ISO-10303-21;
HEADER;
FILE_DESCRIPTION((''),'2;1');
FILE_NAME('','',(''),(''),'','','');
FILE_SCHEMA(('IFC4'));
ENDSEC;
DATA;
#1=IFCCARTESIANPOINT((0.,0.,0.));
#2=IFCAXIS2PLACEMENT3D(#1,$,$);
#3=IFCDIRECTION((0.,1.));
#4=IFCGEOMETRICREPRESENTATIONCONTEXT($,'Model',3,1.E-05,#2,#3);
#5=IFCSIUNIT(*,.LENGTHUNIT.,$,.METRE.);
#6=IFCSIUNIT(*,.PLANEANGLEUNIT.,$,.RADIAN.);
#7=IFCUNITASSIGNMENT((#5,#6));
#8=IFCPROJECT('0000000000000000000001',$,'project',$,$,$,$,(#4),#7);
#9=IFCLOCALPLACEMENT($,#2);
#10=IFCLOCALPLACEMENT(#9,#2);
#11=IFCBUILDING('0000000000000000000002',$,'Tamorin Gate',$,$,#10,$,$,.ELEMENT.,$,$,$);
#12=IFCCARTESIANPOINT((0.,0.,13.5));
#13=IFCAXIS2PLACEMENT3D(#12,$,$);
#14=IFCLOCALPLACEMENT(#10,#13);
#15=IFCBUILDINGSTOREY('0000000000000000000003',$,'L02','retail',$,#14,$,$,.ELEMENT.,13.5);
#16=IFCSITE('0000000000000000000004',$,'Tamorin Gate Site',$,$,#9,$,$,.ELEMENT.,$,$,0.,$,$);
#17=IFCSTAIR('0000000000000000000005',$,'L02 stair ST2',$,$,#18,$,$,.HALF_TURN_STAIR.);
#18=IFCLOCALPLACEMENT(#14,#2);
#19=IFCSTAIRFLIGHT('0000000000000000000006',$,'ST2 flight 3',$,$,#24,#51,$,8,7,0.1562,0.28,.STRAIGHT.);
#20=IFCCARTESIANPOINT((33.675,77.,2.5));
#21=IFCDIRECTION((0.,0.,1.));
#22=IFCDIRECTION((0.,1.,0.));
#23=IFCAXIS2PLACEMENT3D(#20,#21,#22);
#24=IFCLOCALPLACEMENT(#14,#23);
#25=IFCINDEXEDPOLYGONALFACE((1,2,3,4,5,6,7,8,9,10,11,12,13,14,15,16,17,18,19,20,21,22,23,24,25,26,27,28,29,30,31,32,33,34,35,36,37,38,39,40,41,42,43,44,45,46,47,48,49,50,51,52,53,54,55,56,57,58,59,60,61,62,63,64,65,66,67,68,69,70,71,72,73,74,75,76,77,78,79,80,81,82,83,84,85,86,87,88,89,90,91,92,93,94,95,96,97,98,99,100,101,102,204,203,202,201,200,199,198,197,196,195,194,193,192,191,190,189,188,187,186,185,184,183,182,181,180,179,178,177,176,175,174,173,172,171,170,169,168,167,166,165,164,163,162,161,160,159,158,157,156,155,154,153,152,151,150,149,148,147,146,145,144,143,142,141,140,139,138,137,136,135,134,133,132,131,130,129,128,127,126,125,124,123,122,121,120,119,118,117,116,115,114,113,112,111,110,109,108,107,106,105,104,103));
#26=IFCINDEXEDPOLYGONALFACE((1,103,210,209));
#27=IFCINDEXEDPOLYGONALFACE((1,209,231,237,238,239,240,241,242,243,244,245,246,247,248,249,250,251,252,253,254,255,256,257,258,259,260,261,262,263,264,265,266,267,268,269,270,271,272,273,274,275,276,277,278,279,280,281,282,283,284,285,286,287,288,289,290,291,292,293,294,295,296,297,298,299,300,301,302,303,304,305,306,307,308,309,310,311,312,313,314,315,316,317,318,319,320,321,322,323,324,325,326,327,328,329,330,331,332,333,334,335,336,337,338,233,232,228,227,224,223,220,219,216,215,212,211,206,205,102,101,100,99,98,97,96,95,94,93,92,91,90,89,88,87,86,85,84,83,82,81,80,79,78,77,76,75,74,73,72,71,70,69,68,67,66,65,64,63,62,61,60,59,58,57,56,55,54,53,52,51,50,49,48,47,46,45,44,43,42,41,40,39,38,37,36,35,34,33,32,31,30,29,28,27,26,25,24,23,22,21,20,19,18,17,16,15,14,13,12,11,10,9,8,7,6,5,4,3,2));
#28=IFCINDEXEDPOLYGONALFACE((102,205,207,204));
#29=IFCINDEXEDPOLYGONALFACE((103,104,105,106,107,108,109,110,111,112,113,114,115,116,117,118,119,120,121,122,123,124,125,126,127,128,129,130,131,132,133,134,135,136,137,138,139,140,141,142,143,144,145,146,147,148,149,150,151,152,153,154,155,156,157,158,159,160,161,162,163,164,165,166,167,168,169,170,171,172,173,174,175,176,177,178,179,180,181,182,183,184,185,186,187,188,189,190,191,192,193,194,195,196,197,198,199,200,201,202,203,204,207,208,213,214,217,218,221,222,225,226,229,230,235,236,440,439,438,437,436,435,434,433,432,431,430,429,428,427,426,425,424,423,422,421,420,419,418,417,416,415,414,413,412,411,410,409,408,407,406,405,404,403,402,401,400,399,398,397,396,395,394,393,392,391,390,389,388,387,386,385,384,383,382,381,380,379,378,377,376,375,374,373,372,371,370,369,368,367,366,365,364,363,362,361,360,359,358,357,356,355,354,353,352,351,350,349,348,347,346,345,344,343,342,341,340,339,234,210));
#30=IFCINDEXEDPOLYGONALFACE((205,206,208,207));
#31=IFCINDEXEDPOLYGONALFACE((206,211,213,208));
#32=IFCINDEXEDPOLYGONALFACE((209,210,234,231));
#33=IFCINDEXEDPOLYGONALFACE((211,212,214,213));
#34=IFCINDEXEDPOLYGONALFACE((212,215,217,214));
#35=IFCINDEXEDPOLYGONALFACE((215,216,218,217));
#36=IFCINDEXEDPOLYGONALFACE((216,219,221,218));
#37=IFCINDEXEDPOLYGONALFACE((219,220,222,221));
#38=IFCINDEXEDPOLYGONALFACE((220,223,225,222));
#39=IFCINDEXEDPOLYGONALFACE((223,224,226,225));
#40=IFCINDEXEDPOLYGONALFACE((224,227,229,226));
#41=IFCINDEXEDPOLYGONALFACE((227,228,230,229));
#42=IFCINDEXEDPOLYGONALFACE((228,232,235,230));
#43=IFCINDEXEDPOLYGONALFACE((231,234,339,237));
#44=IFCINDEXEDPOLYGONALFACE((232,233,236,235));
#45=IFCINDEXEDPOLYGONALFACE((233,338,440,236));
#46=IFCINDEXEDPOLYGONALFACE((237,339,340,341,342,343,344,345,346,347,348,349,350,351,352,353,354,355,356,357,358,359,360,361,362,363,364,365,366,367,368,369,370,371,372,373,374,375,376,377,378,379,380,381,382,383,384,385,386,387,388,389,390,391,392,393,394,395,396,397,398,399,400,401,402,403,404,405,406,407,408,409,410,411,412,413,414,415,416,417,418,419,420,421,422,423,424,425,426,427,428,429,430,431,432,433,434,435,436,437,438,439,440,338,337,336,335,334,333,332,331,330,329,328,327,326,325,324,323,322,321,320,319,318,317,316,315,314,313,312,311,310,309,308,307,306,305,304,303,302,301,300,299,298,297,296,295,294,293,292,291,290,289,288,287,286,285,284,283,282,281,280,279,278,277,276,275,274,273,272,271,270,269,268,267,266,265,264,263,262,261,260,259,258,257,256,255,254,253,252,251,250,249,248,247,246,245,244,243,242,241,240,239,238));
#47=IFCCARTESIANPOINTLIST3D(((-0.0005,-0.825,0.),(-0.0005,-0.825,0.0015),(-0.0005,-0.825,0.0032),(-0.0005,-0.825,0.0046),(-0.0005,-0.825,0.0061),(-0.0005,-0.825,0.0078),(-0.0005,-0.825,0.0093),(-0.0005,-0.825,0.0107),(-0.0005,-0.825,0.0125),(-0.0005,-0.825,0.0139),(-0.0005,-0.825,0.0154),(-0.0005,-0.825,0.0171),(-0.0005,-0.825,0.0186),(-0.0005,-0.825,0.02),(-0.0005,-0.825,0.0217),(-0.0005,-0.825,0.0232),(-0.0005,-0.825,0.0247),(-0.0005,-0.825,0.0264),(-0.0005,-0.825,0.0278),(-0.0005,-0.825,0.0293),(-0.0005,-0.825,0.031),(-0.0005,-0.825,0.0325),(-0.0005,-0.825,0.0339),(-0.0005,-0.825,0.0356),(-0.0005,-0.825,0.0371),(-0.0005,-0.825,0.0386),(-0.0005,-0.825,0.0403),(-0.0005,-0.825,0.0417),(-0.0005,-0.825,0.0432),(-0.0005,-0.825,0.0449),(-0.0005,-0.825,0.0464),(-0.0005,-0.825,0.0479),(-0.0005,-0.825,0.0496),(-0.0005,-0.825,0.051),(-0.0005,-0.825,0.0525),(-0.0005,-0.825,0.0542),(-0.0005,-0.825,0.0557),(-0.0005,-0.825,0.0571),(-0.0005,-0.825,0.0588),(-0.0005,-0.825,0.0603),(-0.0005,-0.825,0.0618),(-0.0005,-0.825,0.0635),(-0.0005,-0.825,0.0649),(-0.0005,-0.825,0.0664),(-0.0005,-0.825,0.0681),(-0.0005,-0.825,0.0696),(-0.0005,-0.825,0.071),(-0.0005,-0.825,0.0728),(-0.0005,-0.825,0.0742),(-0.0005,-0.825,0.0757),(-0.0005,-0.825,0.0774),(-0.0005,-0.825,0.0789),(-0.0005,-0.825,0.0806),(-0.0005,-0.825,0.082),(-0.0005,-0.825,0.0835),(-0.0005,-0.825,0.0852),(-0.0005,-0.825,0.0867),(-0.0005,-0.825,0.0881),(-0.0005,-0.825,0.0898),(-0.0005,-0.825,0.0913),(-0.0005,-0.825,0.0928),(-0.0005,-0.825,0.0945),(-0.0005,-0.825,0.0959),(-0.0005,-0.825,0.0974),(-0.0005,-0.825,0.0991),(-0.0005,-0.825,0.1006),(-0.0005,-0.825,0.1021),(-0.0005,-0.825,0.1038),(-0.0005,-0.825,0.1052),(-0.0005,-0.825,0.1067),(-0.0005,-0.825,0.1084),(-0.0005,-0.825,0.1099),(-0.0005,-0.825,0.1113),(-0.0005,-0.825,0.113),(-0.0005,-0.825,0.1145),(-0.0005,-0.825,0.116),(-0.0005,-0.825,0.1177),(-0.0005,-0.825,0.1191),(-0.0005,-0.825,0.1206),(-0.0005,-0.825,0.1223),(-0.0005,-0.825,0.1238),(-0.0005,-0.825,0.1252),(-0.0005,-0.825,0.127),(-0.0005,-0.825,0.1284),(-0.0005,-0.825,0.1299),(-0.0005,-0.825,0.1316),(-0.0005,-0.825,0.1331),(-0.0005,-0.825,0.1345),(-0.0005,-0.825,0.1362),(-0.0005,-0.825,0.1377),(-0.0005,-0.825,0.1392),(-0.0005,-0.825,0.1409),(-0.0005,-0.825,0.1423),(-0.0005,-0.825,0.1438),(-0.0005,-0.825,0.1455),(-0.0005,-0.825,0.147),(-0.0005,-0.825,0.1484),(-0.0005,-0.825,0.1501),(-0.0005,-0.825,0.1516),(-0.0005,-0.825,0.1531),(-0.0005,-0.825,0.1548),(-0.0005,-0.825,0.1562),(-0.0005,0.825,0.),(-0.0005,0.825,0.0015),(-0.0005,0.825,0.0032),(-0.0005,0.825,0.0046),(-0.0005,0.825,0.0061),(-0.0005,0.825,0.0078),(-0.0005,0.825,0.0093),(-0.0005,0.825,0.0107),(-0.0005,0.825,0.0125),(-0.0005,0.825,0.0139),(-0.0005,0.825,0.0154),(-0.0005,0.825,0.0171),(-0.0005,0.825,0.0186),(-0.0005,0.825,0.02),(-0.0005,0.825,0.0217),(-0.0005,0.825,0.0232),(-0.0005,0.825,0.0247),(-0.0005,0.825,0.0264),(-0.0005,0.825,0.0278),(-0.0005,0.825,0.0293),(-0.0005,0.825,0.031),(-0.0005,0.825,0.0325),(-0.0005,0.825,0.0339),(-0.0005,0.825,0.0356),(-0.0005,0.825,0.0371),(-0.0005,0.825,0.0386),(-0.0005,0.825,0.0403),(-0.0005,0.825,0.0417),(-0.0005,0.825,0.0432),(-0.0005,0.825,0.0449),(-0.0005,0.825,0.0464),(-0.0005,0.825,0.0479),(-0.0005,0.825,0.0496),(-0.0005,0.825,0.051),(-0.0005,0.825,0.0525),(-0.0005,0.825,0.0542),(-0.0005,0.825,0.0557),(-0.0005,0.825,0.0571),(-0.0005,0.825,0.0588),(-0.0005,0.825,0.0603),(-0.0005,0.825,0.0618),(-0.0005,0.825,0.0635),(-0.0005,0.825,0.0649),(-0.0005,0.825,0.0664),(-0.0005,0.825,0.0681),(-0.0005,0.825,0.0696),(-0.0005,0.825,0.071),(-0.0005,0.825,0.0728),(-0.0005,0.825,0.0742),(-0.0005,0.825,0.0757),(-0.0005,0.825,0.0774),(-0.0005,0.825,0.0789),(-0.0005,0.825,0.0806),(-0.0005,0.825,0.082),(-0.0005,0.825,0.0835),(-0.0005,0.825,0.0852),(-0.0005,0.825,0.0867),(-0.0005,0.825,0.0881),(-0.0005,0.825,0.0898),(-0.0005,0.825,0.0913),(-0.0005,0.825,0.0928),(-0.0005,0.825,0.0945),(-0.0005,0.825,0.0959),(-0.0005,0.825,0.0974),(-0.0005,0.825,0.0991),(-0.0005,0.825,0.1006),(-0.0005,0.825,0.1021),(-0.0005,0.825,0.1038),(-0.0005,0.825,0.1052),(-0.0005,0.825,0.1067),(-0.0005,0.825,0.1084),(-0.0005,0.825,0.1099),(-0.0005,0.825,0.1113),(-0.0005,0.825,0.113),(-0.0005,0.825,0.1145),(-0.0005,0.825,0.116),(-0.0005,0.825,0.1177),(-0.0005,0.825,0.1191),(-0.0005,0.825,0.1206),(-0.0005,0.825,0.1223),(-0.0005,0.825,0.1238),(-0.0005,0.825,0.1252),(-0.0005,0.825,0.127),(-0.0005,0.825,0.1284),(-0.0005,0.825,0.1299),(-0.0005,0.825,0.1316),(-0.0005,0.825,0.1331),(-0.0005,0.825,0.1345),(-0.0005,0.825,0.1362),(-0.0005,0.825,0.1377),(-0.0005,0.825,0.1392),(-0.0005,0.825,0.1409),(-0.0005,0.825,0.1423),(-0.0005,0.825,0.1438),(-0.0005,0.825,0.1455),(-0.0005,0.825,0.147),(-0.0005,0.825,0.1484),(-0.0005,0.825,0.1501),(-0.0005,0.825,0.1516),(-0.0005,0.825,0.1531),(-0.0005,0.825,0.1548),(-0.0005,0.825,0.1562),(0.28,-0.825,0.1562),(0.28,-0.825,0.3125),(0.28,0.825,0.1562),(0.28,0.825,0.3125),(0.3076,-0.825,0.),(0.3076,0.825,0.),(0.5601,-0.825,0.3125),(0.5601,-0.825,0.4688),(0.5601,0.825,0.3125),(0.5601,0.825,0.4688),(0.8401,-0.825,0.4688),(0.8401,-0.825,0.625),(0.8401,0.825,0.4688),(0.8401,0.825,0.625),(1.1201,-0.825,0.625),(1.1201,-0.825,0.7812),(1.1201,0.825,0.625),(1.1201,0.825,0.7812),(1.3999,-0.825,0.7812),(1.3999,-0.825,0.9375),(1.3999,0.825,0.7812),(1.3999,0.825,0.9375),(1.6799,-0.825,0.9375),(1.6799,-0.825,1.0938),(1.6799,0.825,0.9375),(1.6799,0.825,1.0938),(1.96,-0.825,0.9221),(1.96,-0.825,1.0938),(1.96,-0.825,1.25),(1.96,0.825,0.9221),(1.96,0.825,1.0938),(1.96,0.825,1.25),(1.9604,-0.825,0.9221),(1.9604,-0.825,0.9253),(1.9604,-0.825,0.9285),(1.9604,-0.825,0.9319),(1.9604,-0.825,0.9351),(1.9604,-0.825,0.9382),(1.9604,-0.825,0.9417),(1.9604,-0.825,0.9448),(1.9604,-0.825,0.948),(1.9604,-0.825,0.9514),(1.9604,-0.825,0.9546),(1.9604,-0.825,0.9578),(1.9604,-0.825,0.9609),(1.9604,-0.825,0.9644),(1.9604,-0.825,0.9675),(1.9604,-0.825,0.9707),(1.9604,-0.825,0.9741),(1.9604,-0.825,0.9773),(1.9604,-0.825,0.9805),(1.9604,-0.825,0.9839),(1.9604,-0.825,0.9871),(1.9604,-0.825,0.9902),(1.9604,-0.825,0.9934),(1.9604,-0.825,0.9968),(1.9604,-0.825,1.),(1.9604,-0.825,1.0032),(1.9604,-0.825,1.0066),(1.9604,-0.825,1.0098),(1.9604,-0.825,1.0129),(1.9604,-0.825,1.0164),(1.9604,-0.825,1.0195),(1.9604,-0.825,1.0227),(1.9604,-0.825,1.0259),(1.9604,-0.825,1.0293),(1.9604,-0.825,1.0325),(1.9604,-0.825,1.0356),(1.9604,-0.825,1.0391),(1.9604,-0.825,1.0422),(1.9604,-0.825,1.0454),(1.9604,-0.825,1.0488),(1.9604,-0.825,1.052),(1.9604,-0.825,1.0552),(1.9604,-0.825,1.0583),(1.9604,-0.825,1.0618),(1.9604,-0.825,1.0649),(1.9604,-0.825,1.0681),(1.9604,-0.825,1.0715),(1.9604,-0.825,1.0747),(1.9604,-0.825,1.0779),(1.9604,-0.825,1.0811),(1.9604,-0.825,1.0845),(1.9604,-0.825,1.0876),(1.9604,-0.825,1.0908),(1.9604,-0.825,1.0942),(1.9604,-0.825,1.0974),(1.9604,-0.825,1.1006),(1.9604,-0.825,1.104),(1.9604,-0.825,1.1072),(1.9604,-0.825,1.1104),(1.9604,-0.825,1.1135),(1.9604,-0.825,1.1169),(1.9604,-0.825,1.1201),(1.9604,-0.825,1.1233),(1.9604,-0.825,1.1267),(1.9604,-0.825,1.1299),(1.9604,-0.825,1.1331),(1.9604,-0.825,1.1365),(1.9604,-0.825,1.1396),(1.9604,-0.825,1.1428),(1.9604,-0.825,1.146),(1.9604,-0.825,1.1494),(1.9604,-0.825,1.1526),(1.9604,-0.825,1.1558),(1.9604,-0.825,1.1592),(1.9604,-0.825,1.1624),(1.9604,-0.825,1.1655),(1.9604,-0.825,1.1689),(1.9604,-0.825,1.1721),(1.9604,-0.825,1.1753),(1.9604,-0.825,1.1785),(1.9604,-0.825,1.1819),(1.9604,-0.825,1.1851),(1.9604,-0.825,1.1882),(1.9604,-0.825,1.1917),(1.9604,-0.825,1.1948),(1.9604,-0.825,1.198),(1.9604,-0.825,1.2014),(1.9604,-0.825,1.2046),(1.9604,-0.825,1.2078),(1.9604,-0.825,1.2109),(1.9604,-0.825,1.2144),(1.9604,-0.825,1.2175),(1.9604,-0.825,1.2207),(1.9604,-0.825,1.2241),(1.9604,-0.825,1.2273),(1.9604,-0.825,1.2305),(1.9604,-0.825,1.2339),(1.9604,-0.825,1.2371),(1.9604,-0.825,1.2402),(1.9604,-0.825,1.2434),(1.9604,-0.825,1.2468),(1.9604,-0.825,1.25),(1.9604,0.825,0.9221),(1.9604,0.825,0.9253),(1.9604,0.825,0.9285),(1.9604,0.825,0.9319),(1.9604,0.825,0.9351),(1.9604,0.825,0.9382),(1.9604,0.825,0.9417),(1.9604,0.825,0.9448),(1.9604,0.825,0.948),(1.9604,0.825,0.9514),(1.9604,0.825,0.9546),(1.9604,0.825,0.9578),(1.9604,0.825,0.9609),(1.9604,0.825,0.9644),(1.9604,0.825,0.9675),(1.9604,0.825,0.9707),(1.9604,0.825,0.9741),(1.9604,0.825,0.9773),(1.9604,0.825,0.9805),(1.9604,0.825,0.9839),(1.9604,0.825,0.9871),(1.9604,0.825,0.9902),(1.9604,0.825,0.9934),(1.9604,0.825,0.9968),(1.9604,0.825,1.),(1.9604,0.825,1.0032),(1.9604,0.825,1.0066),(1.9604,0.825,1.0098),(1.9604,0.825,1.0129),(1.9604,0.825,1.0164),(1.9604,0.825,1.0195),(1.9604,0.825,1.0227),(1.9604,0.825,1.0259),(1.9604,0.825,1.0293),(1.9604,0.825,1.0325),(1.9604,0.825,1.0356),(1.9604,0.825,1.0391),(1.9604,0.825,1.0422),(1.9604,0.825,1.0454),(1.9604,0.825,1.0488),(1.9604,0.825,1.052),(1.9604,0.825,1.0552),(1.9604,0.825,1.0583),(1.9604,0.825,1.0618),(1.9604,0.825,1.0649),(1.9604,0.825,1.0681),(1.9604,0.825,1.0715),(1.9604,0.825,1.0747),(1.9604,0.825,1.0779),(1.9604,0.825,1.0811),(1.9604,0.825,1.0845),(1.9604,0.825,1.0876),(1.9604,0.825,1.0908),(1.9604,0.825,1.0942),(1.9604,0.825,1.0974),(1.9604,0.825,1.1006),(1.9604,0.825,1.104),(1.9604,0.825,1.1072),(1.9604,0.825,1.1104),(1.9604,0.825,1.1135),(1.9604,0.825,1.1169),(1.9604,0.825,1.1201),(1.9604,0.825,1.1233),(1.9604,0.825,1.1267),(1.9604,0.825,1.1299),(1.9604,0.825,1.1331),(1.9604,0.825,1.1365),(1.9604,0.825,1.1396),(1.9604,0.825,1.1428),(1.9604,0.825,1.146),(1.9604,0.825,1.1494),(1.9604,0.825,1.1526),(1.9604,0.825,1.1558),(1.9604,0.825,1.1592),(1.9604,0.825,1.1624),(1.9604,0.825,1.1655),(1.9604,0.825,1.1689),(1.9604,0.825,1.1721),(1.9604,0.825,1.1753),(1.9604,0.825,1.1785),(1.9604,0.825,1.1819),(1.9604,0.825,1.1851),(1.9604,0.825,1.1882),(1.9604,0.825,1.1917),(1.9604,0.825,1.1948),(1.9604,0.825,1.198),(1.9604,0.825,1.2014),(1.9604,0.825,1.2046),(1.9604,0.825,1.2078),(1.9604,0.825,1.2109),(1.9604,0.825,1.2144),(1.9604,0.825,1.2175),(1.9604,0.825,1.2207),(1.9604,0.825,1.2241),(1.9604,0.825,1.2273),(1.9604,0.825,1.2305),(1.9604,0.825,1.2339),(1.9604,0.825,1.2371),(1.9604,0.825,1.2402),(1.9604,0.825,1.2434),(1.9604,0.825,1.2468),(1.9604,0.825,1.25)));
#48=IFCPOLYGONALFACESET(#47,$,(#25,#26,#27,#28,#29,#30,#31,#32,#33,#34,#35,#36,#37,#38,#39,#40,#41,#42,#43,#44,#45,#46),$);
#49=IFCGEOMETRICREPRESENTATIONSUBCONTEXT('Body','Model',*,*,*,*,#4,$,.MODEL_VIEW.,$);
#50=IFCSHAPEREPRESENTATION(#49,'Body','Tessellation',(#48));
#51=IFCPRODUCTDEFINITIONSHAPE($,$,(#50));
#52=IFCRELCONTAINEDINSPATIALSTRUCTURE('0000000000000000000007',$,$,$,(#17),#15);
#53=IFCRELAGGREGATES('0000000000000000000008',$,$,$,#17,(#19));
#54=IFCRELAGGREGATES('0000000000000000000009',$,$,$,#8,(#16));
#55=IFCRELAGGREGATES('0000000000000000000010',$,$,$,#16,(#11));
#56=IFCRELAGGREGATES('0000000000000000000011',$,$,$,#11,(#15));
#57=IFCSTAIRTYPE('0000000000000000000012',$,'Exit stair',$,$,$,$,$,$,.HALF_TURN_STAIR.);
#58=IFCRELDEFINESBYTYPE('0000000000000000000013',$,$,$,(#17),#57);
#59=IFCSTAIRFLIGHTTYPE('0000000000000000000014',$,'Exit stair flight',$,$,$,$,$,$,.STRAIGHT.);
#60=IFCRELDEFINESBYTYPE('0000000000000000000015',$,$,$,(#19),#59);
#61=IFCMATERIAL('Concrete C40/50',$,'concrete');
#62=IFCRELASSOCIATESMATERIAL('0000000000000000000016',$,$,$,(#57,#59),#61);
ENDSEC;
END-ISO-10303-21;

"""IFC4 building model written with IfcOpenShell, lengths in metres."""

from ifc_helpers import new_model, si_unit, direction, frame, origin, place, context, subcontext, project, spatial, polyline, outline, extrude, material, type_object, element, aggregate, save


model = new_model("IFC4")

# Units and contexts
model_context = context("Model", 3, precision=1e-05, world=origin(), true_north=direction((0.0, 1.0)))
body_context = subcontext(model_context, "Body", "Model", "MODEL_VIEW")
ifc_project = project(units=[si_unit("LENGTHUNIT", "METRE"), si_unit("PLANEANGLEUNIT", "RADIAN")], contexts=[model_context])

# Site, building, storey
site_placement = place(None, origin())
site = spatial("IfcSite", under=ifc_project, at=site_placement, Name="Tamorin Gate Site", CompositionType="ELEMENT", RefElevation=0.0)
building_placement = place(site_placement, origin())
building = spatial("IfcBuilding", under=site, at=building_placement, Name="Tamorin Gate", CompositionType="ELEMENT")
storey_placement = place(building_placement, frame((0.0, 0.0, 13.5)))
storey = spatial("IfcBuildingStorey", under=building, at=storey_placement, Name="L02", Description="retail", CompositionType="ELEMENT", Elevation=13.5)

# Stair, stair flight
ifc_material_1 = material(Name="Concrete C40/50", Category="concrete")
stair_type = type_object("IfcStairType", Name="Exit stair", PredefinedType="HALF_TURN_STAIR", material=ifc_material_1)
stair_placement = place(storey_placement, origin())
stair = element("IfcStair", 1, at=stair_placement, inside=storey, type_object=stair_type, Name="L02 stair ST2", PredefinedType="HALF_TURN_STAIR")
stair_flight_type = type_object("IfcStairFlightType", Name="Exit stair flight", PredefinedType="STRAIGHT", material=ifc_material_1)
stair_flight_1_placement = place(storey_placement, frame((33.675, 77.0, 2.5), z_axis=(0.0, 0.0, 1.0), x_axis=(0.0, 1.0, 0.0)))
stair_flight_1 = element("IfcStairFlight", 2, at=stair_flight_1_placement, type_object=stair_flight_type, Name="ST2 flight 3", NumberOfRisers=8, NumberOfTreads=7, PredefinedType="STRAIGHT", RiserHeight=0.1562, TreadLength=0.28, context=body_context, shape_type="SweptSolid", body=[
    extrude(outline(polyline([(-0.0005, 0.0), (-0.0005, 0.0015), (-0.0005, 0.0032), (-0.0005, 0.0046), (-0.0005, 0.0061), (-0.0005, 0.0078), (-0.0005, 0.0093), (-0.0005, 0.0107), (-0.0005, 0.0125), (-0.0005, 0.0139), (-0.0005, 0.0154), (-0.0005, 0.0171), (-0.0005, 0.0186), (-0.0005, 0.02), (-0.0005, 0.0217), (-0.0005, 0.0232), (-0.0005, 0.0247), (-0.0005, 0.0264), (-0.0005, 0.0278), (-0.0005, 0.0293), (-0.0005, 0.031), (-0.0005, 0.0325), (-0.0005, 0.0339), (-0.0005, 0.0356), (-0.0005, 0.0371), (-0.0005, 0.0386), (-0.0005, 0.0403), (-0.0005, 0.0417), (-0.0005, 0.0432), (-0.0005, 0.0449), (-0.0005, 0.0464), (-0.0005, 0.0479), (-0.0005, 0.0496), (-0.0005, 0.051), (-0.0005, 0.0525), (-0.0005, 0.0542), (-0.0005, 0.0557), (-0.0005, 0.0571), (-0.0005, 0.0588), (-0.0005, 0.0603), (-0.0005, 0.0618), (-0.0005, 0.0635), (-0.0005, 0.0649), (-0.0005, 0.0664), (-0.0005, 0.0681), (-0.0005, 0.0696), (-0.0005, 0.071), (-0.0005, 0.0728), (-0.0005, 0.0742), (-0.0005, 0.0757), (-0.0005, 0.0774), (-0.0005, 0.0789), (-0.0005, 0.0806), (-0.0005, 0.082), (-0.0005, 0.0835), (-0.0005, 0.0852), (-0.0005, 0.0867), (-0.0005, 0.0881), (-0.0005, 0.0898), (-0.0005, 0.0913), (-0.0005, 0.0928), (-0.0005, 0.0945), (-0.0005, 0.0959), (-0.0005, 0.0974), (-0.0005, 0.0991), (-0.0005, 0.1006), (-0.0005, 0.1021), (-0.0005, 0.1038), (-0.0005, 0.1052), (-0.0005, 0.1067), (-0.0005, 0.1084), (-0.0005, 0.1099), (-0.0005, 0.1113), (-0.0005, 0.113), (-0.0005, 0.1145), (-0.0005, 0.116), (-0.0005, 0.1177), (-0.0005, 0.1191), (-0.0005, 0.1206), (-0.0005, 0.1223), (-0.0005, 0.1238), (-0.0005, 0.1252), (-0.0005, 0.127), (-0.0005, 0.1284), (-0.0005, 0.1299), (-0.0005, 0.1316), (-0.0005, 0.1331), (-0.0005, 0.1345), (-0.0005, 0.1362), (-0.0005, 0.1377), (-0.0005, 0.1392), (-0.0005, 0.1409), (-0.0005, 0.1423), (-0.0005, 0.1438), (-0.0005, 0.1455), (-0.0005, 0.147), (-0.0005, 0.1484), (-0.0005, 0.1501), (-0.0005, 0.1516), (-0.0005, 0.1531), (-0.0005, 0.1548), (-0.0005, 0.1562), (0.28, 0.1562), (0.28, 0.3125), (0.5601, 0.3125), (0.5601, 0.4688), (0.8401, 0.4688), (0.8401, 0.625), (1.1201, 0.625), (1.1201, 0.7812), (1.3999, 0.7812), (1.3999, 0.9375), (1.6799, 0.9375), (1.6799, 1.0938), (1.96, 1.0938), (1.96, 1.25), (1.9604, 1.25), (1.9604, 1.2468), (1.9604, 1.2434), (1.9604, 1.2402), (1.9604, 1.2371), (1.9604, 1.2339), (1.9604, 1.2305), (1.9604, 1.2273), (1.9604, 1.2241), (1.9604, 1.2207), (1.9604, 1.2175), (1.9604, 1.2144), (1.9604, 1.2109), (1.9604, 1.2078), (1.9604, 1.2046), (1.9604, 1.2014), (1.9604, 1.198), (1.9604, 1.1948), (1.9604, 1.1917), (1.9604, 1.1882), (1.9604, 1.1851), (1.9604, 1.1819), (1.9604, 1.1785), (1.9604, 1.1753), (1.9604, 1.1721), (1.9604, 1.1689), (1.9604, 1.1655), (1.9604, 1.1624), (1.9604, 1.1592), (1.9604, 1.1558), (1.9604, 1.1526), (1.9604, 1.1494), (1.9604, 1.146), (1.9604, 1.1428), (1.9604, 1.1396), (1.9604, 1.1365), (1.9604, 1.1331), (1.9604, 1.1299), (1.9604, 1.1267), (1.9604, 1.1233), (1.9604, 1.1201), (1.9604, 1.1169), (1.9604, 1.1135), (1.9604, 1.1104), (1.9604, 1.1072), (1.9604, 1.104), (1.9604, 1.1006), (1.9604, 1.0974), (1.9604, 1.0942), (1.9604, 1.0908), (1.9604, 1.0876), (1.9604, 1.0845), (1.9604, 1.0811), (1.9604, 1.0779), (1.9604, 1.0747), (1.9604, 1.0715), (1.9604, 1.0681), (1.9604, 1.0649), (1.9604, 1.0618), (1.9604, 1.0583), (1.9604, 1.0552), (1.9604, 1.052), (1.9604, 1.0488), (1.9604, 1.0454), (1.9604, 1.0422), (1.9604, 1.0391), (1.9604, 1.0356), (1.9604, 1.0325), (1.9604, 1.0293), (1.9604, 1.0259), (1.9604, 1.0227), (1.9604, 1.0195), (1.9604, 1.0164), (1.9604, 1.0129), (1.9604, 1.0098), (1.9604, 1.0066), (1.9604, 1.0032), (1.9604, 1.0), (1.9604, 0.9968), (1.9604, 0.9934), (1.9604, 0.9902), (1.9604, 0.9871), (1.9604, 0.9839), (1.9604, 0.9805), (1.9604, 0.9773), (1.9604, 0.9741), (1.9604, 0.9707), (1.9604, 0.9675), (1.9604, 0.9644), (1.9604, 0.9609), (1.9604, 0.9578), (1.9604, 0.9546), (1.9604, 0.9514), (1.9604, 0.948), (1.9604, 0.9448), (1.9604, 0.9417), (1.9604, 0.9382), (1.9604, 0.9351), (1.9604, 0.9319), (1.9604, 0.9285), (1.9604, 0.9253), (1.9604, 0.9221), (1.96, 0.9221), (0.3076, 0.0), (-0.0005, 0.0)])), frame((0.0, 0.825, 0.0), z_axis=(0.0, -1.0, 0.0), x_axis=(1.0, 0.0, 0.0)), (0.0, 0.0, 1.0), 1.6499),
])
aggregate(stair, [stair_flight_1])

save(model, "model.ifc")
